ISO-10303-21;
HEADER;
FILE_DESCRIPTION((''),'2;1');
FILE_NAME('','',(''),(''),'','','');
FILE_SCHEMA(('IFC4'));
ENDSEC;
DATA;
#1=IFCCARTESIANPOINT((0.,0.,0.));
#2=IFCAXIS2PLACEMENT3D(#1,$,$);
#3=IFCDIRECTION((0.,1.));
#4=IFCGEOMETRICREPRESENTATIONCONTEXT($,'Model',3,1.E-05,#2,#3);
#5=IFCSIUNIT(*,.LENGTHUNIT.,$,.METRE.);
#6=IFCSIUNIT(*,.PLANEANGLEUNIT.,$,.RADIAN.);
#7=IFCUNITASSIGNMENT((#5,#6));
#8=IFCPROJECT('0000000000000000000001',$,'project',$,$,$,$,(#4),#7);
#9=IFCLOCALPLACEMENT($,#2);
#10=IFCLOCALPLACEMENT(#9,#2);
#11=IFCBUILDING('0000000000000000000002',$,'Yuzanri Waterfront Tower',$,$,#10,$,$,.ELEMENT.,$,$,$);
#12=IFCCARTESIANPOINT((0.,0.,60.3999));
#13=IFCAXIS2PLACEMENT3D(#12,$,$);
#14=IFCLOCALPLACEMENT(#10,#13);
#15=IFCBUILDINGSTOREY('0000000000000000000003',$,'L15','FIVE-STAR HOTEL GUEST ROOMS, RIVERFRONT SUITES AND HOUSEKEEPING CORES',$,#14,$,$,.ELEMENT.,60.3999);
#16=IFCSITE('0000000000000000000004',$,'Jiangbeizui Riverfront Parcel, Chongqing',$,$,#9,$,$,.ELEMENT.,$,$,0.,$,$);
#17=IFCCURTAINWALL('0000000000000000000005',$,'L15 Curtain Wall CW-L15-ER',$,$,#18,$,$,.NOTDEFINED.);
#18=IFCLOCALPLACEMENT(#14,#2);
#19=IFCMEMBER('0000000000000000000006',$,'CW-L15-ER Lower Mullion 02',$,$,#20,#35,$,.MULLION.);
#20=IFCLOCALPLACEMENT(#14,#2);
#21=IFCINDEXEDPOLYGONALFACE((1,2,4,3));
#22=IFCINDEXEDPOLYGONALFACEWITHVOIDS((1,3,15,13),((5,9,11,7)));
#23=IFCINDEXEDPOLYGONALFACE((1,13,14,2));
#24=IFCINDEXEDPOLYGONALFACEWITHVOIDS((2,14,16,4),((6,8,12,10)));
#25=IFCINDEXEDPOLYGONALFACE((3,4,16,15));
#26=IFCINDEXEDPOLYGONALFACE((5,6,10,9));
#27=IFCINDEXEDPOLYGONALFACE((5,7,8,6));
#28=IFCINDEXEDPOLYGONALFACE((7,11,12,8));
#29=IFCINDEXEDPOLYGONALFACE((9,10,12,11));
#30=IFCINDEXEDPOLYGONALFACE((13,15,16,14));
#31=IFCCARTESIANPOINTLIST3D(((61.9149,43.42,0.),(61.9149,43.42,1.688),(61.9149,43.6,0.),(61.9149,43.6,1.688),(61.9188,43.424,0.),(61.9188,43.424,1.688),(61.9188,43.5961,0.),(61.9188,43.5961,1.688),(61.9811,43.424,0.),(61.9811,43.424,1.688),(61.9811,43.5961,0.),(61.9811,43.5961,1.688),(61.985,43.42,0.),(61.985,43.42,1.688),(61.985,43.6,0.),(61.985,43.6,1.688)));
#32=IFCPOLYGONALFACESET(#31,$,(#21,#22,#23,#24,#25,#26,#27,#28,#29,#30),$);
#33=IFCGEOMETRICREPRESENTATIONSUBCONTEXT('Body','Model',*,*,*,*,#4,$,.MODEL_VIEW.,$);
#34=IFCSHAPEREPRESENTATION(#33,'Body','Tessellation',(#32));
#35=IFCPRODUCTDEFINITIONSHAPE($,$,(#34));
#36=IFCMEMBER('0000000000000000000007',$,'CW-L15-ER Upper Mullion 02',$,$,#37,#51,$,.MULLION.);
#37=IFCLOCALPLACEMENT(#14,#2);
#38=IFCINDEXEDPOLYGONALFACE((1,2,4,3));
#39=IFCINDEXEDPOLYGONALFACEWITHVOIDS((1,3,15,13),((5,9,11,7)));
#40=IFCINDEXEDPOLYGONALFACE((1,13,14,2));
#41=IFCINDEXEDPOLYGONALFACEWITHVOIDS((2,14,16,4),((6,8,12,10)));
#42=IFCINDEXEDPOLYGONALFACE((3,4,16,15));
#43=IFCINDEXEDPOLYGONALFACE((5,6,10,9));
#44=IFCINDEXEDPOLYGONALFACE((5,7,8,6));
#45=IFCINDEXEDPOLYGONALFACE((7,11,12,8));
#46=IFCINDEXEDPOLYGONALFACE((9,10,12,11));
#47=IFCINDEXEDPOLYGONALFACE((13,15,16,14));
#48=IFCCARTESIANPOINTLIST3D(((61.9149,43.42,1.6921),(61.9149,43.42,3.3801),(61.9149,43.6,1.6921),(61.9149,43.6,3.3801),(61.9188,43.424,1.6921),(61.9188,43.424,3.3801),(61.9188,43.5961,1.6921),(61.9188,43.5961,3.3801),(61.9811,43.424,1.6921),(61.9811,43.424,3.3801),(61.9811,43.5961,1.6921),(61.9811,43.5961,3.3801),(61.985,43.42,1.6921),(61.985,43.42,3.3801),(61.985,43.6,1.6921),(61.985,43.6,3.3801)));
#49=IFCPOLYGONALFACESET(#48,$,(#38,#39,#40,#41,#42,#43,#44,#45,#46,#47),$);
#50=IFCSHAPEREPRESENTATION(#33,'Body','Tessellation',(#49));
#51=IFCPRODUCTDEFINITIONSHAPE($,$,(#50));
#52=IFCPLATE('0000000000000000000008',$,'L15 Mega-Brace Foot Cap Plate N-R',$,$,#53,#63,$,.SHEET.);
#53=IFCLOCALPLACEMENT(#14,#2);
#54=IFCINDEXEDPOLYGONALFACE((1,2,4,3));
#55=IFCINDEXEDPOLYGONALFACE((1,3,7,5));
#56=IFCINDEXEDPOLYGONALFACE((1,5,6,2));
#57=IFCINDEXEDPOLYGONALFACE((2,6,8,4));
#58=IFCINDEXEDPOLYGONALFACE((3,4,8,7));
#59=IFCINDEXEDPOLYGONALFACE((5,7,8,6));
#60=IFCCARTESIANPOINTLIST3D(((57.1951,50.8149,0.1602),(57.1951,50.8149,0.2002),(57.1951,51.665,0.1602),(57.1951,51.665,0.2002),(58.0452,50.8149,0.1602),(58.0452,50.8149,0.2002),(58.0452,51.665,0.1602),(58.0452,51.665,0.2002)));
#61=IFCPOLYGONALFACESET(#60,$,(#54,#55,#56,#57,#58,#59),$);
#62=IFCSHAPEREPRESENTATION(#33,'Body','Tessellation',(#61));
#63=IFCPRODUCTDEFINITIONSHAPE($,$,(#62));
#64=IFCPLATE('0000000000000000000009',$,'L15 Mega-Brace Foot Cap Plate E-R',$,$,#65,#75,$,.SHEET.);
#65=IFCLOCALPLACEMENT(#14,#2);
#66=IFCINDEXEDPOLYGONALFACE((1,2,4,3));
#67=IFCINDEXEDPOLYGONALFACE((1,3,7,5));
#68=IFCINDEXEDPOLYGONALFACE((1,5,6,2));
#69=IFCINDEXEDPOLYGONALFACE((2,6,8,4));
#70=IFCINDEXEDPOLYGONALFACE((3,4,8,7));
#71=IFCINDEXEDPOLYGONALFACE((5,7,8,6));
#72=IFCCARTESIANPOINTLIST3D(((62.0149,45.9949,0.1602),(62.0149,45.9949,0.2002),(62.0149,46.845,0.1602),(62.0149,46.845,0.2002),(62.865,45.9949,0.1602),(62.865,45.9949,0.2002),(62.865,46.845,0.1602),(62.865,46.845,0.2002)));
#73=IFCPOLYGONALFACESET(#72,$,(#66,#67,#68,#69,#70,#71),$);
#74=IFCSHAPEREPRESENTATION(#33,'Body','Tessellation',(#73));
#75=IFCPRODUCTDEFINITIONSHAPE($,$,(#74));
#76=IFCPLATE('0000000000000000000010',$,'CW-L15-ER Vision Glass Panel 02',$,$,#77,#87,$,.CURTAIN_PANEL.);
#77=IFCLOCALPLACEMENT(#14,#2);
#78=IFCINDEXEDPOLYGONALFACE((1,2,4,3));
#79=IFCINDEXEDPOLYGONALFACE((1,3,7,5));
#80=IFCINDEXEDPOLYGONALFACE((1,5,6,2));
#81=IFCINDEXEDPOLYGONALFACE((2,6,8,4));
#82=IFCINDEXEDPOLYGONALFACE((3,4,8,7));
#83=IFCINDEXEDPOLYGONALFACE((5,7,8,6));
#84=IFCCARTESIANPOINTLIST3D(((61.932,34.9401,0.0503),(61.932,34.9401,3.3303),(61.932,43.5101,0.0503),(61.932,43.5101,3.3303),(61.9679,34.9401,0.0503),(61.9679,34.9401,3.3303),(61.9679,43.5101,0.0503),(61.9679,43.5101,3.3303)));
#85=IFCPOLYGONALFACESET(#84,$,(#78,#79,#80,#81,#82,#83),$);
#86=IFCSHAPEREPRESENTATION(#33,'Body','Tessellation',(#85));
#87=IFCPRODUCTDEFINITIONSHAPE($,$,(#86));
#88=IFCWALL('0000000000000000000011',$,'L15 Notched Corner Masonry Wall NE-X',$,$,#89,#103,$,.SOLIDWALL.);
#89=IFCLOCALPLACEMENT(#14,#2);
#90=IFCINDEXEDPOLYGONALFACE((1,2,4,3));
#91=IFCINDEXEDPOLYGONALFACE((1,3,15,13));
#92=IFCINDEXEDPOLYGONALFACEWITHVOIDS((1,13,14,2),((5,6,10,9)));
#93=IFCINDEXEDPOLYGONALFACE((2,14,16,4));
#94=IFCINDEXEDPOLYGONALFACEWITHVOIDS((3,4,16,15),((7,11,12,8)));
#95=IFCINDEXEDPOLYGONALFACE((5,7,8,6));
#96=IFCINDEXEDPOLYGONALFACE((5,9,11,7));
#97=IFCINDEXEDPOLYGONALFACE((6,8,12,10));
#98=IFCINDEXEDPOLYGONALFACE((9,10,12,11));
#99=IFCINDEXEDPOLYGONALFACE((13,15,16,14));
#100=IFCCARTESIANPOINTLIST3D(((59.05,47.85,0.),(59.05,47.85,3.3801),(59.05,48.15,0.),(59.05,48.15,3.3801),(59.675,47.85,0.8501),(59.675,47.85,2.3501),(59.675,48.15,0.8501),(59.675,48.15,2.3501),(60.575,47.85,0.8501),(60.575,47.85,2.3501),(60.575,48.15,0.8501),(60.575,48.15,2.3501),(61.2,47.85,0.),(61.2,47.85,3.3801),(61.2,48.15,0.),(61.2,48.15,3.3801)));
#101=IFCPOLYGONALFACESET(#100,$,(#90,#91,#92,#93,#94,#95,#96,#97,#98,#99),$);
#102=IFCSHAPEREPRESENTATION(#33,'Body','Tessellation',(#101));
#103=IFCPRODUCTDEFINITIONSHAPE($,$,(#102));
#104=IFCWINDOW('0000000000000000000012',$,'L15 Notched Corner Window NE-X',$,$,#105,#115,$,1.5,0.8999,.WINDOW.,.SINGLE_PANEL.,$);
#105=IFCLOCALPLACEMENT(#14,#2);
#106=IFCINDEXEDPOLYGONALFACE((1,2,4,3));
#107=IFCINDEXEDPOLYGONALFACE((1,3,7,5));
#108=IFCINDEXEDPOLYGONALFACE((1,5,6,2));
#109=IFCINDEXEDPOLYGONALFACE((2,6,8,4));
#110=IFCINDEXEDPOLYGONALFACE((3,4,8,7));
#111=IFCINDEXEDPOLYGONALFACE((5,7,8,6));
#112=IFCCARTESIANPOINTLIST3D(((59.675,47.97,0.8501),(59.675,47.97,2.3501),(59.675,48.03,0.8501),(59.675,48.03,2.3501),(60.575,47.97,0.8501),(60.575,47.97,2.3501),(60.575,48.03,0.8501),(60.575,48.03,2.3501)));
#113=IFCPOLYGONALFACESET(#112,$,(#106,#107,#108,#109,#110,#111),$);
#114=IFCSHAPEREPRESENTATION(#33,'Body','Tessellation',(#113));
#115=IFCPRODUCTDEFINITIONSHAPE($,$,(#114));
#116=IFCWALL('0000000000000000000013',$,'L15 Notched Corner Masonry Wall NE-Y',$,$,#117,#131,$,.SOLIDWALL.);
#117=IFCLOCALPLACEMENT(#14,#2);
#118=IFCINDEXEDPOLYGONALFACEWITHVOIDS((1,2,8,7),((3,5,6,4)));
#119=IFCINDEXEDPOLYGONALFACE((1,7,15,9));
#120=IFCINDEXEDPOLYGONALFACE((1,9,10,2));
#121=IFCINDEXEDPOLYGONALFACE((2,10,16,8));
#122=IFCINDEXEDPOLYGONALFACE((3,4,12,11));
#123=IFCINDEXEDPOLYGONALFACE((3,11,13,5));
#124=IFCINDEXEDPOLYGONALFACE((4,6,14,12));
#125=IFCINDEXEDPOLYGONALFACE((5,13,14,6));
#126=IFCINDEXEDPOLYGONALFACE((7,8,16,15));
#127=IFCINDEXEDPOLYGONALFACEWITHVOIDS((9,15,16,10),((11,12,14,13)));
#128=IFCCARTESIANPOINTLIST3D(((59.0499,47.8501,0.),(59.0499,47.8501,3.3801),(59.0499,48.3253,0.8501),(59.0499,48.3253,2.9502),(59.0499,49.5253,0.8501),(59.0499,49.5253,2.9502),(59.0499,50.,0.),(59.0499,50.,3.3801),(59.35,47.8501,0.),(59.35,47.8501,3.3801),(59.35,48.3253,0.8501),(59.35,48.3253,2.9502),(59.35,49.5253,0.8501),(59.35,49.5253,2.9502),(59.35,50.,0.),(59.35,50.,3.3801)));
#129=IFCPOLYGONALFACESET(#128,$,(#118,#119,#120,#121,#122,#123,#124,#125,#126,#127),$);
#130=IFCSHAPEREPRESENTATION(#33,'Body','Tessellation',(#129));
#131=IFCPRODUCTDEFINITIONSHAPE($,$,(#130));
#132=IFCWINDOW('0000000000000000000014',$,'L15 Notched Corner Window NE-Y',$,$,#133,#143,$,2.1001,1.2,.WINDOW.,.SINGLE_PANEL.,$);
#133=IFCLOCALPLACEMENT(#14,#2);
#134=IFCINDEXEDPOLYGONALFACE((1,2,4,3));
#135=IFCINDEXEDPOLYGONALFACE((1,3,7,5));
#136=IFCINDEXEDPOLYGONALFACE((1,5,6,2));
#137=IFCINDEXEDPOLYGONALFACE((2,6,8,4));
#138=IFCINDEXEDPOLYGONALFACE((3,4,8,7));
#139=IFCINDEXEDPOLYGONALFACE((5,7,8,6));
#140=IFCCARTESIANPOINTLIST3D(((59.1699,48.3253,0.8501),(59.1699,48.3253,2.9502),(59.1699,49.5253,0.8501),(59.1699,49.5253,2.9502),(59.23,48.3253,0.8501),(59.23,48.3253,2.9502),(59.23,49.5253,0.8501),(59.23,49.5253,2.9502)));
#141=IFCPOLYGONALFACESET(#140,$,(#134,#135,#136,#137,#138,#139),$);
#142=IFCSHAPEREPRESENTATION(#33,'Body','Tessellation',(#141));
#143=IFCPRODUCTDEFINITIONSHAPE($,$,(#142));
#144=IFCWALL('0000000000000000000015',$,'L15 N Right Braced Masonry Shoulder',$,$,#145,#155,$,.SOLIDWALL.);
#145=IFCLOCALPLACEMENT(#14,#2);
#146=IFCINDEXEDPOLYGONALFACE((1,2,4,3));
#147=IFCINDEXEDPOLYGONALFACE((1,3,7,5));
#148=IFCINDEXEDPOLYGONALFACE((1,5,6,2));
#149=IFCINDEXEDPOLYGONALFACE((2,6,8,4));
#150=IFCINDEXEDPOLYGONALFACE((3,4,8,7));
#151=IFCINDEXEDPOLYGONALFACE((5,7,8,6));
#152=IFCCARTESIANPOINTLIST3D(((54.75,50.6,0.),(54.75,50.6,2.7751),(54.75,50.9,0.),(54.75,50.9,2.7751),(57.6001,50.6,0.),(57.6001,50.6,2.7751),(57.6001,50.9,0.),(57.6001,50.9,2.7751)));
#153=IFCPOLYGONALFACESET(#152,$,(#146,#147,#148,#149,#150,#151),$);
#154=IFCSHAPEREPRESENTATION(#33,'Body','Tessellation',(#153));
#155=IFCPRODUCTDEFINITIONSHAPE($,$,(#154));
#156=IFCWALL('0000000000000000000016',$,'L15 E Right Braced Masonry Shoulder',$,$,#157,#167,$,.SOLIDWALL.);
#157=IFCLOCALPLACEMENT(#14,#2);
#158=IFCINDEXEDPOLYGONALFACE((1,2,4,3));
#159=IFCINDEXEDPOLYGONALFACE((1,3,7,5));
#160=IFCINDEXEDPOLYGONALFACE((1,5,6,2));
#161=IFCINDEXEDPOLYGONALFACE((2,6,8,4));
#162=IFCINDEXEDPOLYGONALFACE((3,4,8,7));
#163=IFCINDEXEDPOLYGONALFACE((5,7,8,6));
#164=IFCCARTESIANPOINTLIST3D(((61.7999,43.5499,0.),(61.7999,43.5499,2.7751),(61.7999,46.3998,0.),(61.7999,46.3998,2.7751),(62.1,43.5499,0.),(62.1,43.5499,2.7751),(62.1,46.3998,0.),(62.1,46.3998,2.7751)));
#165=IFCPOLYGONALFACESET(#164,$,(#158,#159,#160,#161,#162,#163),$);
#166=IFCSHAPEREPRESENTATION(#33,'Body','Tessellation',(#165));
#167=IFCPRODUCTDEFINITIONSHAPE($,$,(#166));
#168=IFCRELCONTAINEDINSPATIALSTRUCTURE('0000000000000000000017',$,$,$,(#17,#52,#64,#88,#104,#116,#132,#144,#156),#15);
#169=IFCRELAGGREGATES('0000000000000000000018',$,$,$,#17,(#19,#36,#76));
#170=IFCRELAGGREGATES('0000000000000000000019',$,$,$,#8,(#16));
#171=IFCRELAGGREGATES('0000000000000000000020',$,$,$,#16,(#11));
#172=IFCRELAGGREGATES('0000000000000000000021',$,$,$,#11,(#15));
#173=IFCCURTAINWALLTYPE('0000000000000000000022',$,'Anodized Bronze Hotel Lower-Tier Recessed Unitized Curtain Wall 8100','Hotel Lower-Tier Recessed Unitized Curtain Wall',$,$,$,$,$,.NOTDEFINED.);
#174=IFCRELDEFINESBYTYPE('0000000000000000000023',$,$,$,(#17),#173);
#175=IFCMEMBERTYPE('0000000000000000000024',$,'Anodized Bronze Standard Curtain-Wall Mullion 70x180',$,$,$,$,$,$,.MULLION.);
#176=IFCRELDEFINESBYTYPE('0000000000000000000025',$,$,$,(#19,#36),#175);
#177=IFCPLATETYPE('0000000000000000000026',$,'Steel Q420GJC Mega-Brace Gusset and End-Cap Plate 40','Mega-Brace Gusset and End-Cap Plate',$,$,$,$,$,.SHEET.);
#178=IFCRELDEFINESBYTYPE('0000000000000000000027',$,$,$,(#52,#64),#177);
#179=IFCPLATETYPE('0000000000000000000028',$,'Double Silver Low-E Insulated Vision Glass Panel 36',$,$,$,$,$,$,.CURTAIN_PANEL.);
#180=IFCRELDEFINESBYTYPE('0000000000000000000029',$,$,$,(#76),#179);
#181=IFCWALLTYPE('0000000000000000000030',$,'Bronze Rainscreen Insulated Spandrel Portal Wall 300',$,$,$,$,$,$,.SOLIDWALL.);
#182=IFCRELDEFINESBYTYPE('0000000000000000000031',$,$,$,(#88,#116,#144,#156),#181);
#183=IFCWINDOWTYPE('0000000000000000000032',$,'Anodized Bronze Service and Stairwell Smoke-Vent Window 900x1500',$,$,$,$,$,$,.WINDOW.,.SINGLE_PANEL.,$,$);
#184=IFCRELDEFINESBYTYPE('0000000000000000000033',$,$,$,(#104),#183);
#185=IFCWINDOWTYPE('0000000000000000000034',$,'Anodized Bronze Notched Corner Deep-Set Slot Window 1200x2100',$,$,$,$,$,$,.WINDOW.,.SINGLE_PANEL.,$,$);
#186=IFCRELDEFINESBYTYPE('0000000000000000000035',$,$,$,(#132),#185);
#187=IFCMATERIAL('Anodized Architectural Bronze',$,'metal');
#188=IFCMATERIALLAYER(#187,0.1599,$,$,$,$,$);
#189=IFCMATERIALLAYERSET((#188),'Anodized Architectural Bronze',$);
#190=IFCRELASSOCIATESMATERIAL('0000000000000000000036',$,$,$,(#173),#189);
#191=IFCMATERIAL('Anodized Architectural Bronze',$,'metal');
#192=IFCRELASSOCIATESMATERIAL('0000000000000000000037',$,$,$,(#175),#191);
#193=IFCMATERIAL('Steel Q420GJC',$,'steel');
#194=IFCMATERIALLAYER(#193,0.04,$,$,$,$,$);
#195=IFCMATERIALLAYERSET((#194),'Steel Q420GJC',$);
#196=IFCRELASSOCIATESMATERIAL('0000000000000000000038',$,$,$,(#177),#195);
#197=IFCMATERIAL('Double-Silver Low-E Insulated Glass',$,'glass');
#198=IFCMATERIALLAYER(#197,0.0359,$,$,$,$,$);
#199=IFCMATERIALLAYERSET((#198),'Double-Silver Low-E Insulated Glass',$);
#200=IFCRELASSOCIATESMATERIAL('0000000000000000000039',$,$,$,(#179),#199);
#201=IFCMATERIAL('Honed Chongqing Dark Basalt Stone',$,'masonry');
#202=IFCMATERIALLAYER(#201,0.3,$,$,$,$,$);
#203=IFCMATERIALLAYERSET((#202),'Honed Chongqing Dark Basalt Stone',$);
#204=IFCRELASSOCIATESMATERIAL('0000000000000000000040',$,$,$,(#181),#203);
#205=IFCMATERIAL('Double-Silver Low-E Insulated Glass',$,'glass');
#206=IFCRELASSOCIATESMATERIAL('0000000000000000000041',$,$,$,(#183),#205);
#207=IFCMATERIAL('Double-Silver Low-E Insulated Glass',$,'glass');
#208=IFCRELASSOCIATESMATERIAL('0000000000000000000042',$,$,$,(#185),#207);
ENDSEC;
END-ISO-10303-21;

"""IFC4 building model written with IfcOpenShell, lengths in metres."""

from ifc_helpers import new_model, si_unit, direction, frame, frame_2d, origin, origin_2d, place, context, subcontext, project, spatial, rectangle, hollow_rectangle, extrude, source, transform, mapped, material, layer, layer_set, material_profile, profile_set, type_object, element, fill, aggregate, save


model = new_model("IFC4")

# Units and contexts
model_context = context("Model", 3, precision=1e-05, world=origin(), true_north=direction((0.0, 1.0)))
body_context = subcontext(model_context, "Body", "Model", "MODEL_VIEW")
ifc_project = project(units=[si_unit("LENGTHUNIT", "METRE"), si_unit("PLANEANGLEUNIT", "RADIAN")], contexts=[model_context])

# Site, building, storey
site_placement = place(None, origin())
site = spatial("IfcSite", under=ifc_project, at=site_placement, Name="Jiangbeizui Riverfront Parcel, Chongqing", CompositionType="ELEMENT", RefElevation=0.0)
building_placement = place(site_placement, origin())
building = spatial("IfcBuilding", under=site, at=building_placement, Name="Yuzanri Waterfront Tower", CompositionType="ELEMENT")
storey_placement = place(building_placement, frame((0.0, 0.0, 60.3999)))
storey = spatial("IfcBuildingStorey", under=building, at=storey_placement, Name="L15", Description="FIVE-STAR HOTEL GUEST ROOMS, RIVERFRONT SUITES AND HOUSEKEEPING CORES", CompositionType="ELEMENT", Elevation=60.3999)

# Curtain wall, members
ifc_material_1 = material(Name="Anodized Architectural Bronze", Category="metal")
ifc_layer_1 = layer(ifc_material_1, 0.1599)
ifc_layer_set_1 = layer_set([ifc_layer_1], Name="Anodized Architectural Bronze")
curtain_wall_type = type_object("IfcCurtainWallType", Name="Anodized Bronze Hotel Lower-Tier Recessed Unitized Curtain Wall 8100", Description="Hotel Lower-Tier Recessed Unitized Curtain Wall", PredefinedType="NOTDEFINED", material=ifc_layer_set_1)
ifc_material_2 = material(Name="Anodized Architectural Bronze", Category="metal")
ifc_material_profile_1 = material_profile(ifc_material_2, hollow_rectangle(XDim=0.0701, YDim=0.1799, WallThickness=0.0039, at=origin_2d()), Name="CWM 70x180")
ifc_profile_set_1 = profile_set([ifc_material_profile_1], Name="Anodized Architectural Bronze")
member_type_1 = type_object("IfcMemberType", Name="Anodized Bronze Standard Curtain-Wall Mullion 70x180", PredefinedType="MULLION", material=ifc_profile_set_1)
shared_shape_1 = source(origin(), body_context, "Body", "SweptSolid", [
    extrude(hollow_rectangle(XDim=0.0701, YDim=0.1799, WallThickness=0.0039, at=origin_2d()), origin(), (0.0, 0.0, 1.0), 1.688),
])
curtain_wall_1_placement = place(storey_placement, origin())
curtain_wall_1 = element("IfcCurtainWall", 1, at=curtain_wall_1_placement, inside=storey, type_object=curtain_wall_type, Name="L15 Curtain Wall CW-L15-ER", PredefinedType="NOTDEFINED")
member_1_placement = place(storey_placement, frame((61.95, 43.51, 0.0), z_axis=(0.0, 0.0, 1.0), x_axis=(1.0, 0.0, 0.0)))
member_1 = element("IfcMember", 2, at=member_1_placement, type_object=member_type_1, Name="CW-L15-ER Lower Mullion 02", PredefinedType="MULLION", context=body_context, shape_type="MappedRepresentation", body=[
    mapped(shared_shape_1, transform((0.0, 0.0, 0.0), scale=1.0)),
])
member_2_placement = place(storey_placement, frame((61.95, 43.51, 1.6921), z_axis=(0.0, 0.0, 1.0), x_axis=(1.0, 0.0, 0.0)))
member_2 = element("IfcMember", 3, at=member_2_placement, type_object=member_type_1, Name="CW-L15-ER Upper Mullion 02", PredefinedType="MULLION", context=body_context, shape_type="MappedRepresentation", body=[
    mapped(shared_shape_1, transform((0.0, 0.0, 0.0), scale=1.0)),
])

# Plates
ifc_material_3 = material(Name="Steel Q420GJC", Category="steel")
ifc_layer_2 = layer(ifc_material_3, 0.04)
ifc_layer_set_2 = layer_set([ifc_layer_2], Name="Steel Q420GJC")
plate_type_1 = type_object("IfcPlateType", Name="Steel Q420GJC Mega-Brace Gusset and End-Cap Plate 40", Description="Mega-Brace Gusset and End-Cap Plate", PredefinedType="SHEET", material=ifc_layer_set_2)
shared_shape_2 = source(origin(), body_context, "Body", "SweptSolid", [
    extrude(rectangle(XDim=0.8501, YDim=0.8501, at=origin_2d()), origin(), (0.0, 0.0, 1.0), 0.04),
])
for number, where, z_axis, x_axis, name in (
    (4, (57.6201, 51.24, 0.1602), (0.0, 0.0, 1.0), (1.0, 0.0, 0.0), "L15 Mega-Brace Foot Cap Plate N-R"),
    (5, (62.4399, 46.4199, 0.1602), (0.0, 0.0, 1.0), (1.0, 0.0, 0.0), "L15 Mega-Brace Foot Cap Plate E-R"),
):
    element("IfcPlate", number, at=place(storey_placement, frame(where, z_axis=z_axis, x_axis=x_axis)), inside=storey, type_object=plate_type_1, Name=name, PredefinedType="SHEET", context=body_context, shape_type="MappedRepresentation", body=[
        mapped(shared_shape_2, transform((0.0, 0.0, 0.0), scale=1.0)),
    ])

# Plate
ifc_material_4 = material(Name="Double-Silver Low-E Insulated Glass", Category="glass")
ifc_layer_3 = layer(ifc_material_4, 0.0359)
ifc_layer_set_3 = layer_set([ifc_layer_3], Name="Double-Silver Low-E Insulated Glass")
plate_type_2 = type_object("IfcPlateType", Name="Double Silver Low-E Insulated Vision Glass Panel 36", PredefinedType="CURTAIN_PANEL", material=ifc_layer_set_3)
shared_shape_3 = source(origin(), body_context, "Body", "SweptSolid", [
    extrude(rectangle(XDim=8.5701, YDim=0.0359, at=origin_2d()), origin(), (0.0, 0.0, 1.0), 3.28),
])
plate_placement = place(storey_placement, frame((61.95, 39.2251, 0.0503), z_axis=(0.0, 0.0, 1.0), x_axis=(0.0, 1.0, 0.0)))
plate = element("IfcPlate", 6, at=plate_placement, type_object=plate_type_2, Name="CW-L15-ER Vision Glass Panel 02", PredefinedType="CURTAIN_PANEL", context=body_context, shape_type="MappedRepresentation", body=[
    mapped(shared_shape_3, transform((0.0, 0.0, 0.0), scale=1.0)),
])
aggregate(curtain_wall_1, [member_1, member_2, plate])

# Walls, openings, windows
ifc_material_5 = material(Name="Honed Chongqing Dark Basalt Stone", Category="masonry")
ifc_layer_4 = layer(ifc_material_5, 0.3)
ifc_layer_set_4 = layer_set([ifc_layer_4], Name="Honed Chongqing Dark Basalt Stone")
wall_type_1 = type_object("IfcWallType", Name="Bronze Rainscreen Insulated Spandrel Portal Wall 300", PredefinedType="SOLIDWALL", material=ifc_layer_set_4)
wall_1_placement = place(storey_placement, frame((61.2, 48.0, 0.0), z_axis=(0.0, 0.0, 1.0), x_axis=(-1.0, 0.0, 0.0)))
wall_1 = element("IfcWall", 7, at=wall_1_placement, inside=storey, type_object=wall_type_1, Name="L15 Notched Corner Masonry Wall NE-X", PredefinedType="SOLIDWALL", context=body_context, shape_type="SweptSolid", body=[
    extrude(rectangle(XDim=2.1499, YDim=0.3, at=frame_2d((1.075, 0.0))), origin(), (0.0, 0.0, 1.0), 3.3801),
])
opening_1_placement = place(wall_1_placement, frame((0.625, 0.0, 0.8501)))
opening_1 = element("IfcOpeningElement", 8, at=opening_1_placement, cuts=wall_1, PredefinedType="OPENING", context=body_context, shape_type="SweptSolid", body=[
    extrude(rectangle(XDim=0.8999, YDim=1.5, at=frame_2d((0.45, 0.75))), frame((0.0, 0.165, 0.0), z_axis=(0.0, -1.0, 0.0), x_axis=(1.0, 0.0, 0.0)), (0.0, 0.0, 1.0), 0.3298),
])
ifc_material_6 = material(Name="Double-Silver Low-E Insulated Glass", Category="glass")
window_type_1 = type_object("IfcWindowType", Name="Anodized Bronze Service and Stairwell Smoke-Vent Window 900x1500", PartitioningType="SINGLE_PANEL", PredefinedType="WINDOW", material=ifc_material_6)
shared_shape_4 = source(origin(), body_context, "Body", "SweptSolid", [
    extrude(rectangle(XDim=0.8999, YDim=1.5, at=frame_2d((0.45, 0.75))), frame((0.0, 0.03, 0.0), z_axis=(0.0, -1.0, 0.0), x_axis=(1.0, 0.0, 0.0)), (0.0, 0.0, 1.0), 0.0601),
])
window_1_placement = place(opening_1_placement, origin())
window_1 = element("IfcWindow", 9, at=window_1_placement, inside=storey, type_object=window_type_1, Name="L15 Notched Corner Window NE-X", OverallHeight=1.5, OverallWidth=0.8999, PartitioningType="SINGLE_PANEL", PredefinedType="WINDOW", context=body_context, shape_type="MappedRepresentation", body=[
    mapped(shared_shape_4, transform((0.0, 0.0, 0.0), scale=1.0)),
])
fill(opening_1, window_1)
wall_2_placement = place(storey_placement, frame((59.2, 47.8501, 0.0), z_axis=(0.0, 0.0, 1.0), x_axis=(0.0, 1.0, 0.0)))
wall_2 = element("IfcWall", 10, at=wall_2_placement, inside=storey, type_object=wall_type_1, Name="L15 Notched Corner Masonry Wall NE-Y", PredefinedType="SOLIDWALL", context=body_context, shape_type="SweptSolid", body=[
    extrude(rectangle(XDim=2.1499, YDim=0.3, at=frame_2d((1.075, 0.0))), origin(), (0.0, 0.0, 1.0), 3.3801),
])
opening_2_placement = place(wall_2_placement, frame((0.4751, 0.0, 0.8501)))
opening_2 = element("IfcOpeningElement", 11, at=opening_2_placement, cuts=wall_2, PredefinedType="OPENING", context=body_context, shape_type="SweptSolid", body=[
    extrude(rectangle(XDim=1.2, YDim=2.1001, at=frame_2d((0.6001, 1.05))), frame((0.0, 0.165, 0.0), z_axis=(0.0, -1.0, 0.0), x_axis=(1.0, 0.0, 0.0)), (0.0, 0.0, 1.0), 0.3298),
])
ifc_material_7 = material(Name="Double-Silver Low-E Insulated Glass", Category="glass")
window_type_2 = type_object("IfcWindowType", Name="Anodized Bronze Notched Corner Deep-Set Slot Window 1200x2100", PartitioningType="SINGLE_PANEL", PredefinedType="WINDOW", material=ifc_material_7)
shared_shape_5 = source(origin(), body_context, "Body", "SweptSolid", [
    extrude(rectangle(XDim=1.2, YDim=2.1001, at=frame_2d((0.6001, 1.05))), frame((0.0, 0.03, 0.0), z_axis=(0.0, -1.0, 0.0), x_axis=(1.0, 0.0, 0.0)), (0.0, 0.0, 1.0), 0.0601),
])
window_2_placement = place(opening_2_placement, origin())
window_2 = element("IfcWindow", 12, at=window_2_placement, inside=storey, type_object=window_type_2, Name="L15 Notched Corner Window NE-Y", OverallHeight=2.1001, OverallWidth=1.2, PartitioningType="SINGLE_PANEL", PredefinedType="WINDOW", context=body_context, shape_type="MappedRepresentation", body=[
    mapped(shared_shape_5, transform((0.0, 0.0, 0.0), scale=1.0)),
])
fill(opening_2, window_2)

# Walls
shared_shape_6 = source(origin(), body_context, "Body", "SweptSolid", [
    extrude(rectangle(XDim=2.8501, YDim=0.3, at=frame_2d((1.425, 0.0))), origin(), (0.0, 0.0, 1.0), 2.7751),
])
wall_3_placement = place(storey_placement, frame((54.75, 50.75, 0.0), z_axis=(0.0, 0.0, 1.0), x_axis=(1.0, 0.0, 0.0)))
element("IfcWall", 13, at=wall_3_placement, inside=storey, type_object=wall_type_1, Name="L15 N Right Braced Masonry Shoulder", PredefinedType="SOLIDWALL", context=body_context, shape_type="MappedRepresentation", body=[
    mapped(shared_shape_6, transform((0.0, 0.0, 0.0), scale=1.0)),
])
shared_shape_7 = source(origin(), body_context, "Body", "SweptSolid", [
    extrude(rectangle(XDim=2.8499, YDim=0.3, at=frame_2d((1.4248, 0.0))), origin(), (0.0, 0.0, 1.0), 2.7751),
])
wall_4_placement = place(storey_placement, frame((61.95, 43.55, 0.0), z_axis=(0.0, 0.0, 1.0), x_axis=(0.0, 1.0, 0.0)))
element("IfcWall", 14, at=wall_4_placement, inside=storey, type_object=wall_type_1, Name="L15 E Right Braced Masonry Shoulder", PredefinedType="SOLIDWALL", context=body_context, shape_type="MappedRepresentation", body=[
    mapped(shared_shape_7, transform((0.0, 0.0, 0.0), scale=1.0)),
])

save(model, "model.ifc")
